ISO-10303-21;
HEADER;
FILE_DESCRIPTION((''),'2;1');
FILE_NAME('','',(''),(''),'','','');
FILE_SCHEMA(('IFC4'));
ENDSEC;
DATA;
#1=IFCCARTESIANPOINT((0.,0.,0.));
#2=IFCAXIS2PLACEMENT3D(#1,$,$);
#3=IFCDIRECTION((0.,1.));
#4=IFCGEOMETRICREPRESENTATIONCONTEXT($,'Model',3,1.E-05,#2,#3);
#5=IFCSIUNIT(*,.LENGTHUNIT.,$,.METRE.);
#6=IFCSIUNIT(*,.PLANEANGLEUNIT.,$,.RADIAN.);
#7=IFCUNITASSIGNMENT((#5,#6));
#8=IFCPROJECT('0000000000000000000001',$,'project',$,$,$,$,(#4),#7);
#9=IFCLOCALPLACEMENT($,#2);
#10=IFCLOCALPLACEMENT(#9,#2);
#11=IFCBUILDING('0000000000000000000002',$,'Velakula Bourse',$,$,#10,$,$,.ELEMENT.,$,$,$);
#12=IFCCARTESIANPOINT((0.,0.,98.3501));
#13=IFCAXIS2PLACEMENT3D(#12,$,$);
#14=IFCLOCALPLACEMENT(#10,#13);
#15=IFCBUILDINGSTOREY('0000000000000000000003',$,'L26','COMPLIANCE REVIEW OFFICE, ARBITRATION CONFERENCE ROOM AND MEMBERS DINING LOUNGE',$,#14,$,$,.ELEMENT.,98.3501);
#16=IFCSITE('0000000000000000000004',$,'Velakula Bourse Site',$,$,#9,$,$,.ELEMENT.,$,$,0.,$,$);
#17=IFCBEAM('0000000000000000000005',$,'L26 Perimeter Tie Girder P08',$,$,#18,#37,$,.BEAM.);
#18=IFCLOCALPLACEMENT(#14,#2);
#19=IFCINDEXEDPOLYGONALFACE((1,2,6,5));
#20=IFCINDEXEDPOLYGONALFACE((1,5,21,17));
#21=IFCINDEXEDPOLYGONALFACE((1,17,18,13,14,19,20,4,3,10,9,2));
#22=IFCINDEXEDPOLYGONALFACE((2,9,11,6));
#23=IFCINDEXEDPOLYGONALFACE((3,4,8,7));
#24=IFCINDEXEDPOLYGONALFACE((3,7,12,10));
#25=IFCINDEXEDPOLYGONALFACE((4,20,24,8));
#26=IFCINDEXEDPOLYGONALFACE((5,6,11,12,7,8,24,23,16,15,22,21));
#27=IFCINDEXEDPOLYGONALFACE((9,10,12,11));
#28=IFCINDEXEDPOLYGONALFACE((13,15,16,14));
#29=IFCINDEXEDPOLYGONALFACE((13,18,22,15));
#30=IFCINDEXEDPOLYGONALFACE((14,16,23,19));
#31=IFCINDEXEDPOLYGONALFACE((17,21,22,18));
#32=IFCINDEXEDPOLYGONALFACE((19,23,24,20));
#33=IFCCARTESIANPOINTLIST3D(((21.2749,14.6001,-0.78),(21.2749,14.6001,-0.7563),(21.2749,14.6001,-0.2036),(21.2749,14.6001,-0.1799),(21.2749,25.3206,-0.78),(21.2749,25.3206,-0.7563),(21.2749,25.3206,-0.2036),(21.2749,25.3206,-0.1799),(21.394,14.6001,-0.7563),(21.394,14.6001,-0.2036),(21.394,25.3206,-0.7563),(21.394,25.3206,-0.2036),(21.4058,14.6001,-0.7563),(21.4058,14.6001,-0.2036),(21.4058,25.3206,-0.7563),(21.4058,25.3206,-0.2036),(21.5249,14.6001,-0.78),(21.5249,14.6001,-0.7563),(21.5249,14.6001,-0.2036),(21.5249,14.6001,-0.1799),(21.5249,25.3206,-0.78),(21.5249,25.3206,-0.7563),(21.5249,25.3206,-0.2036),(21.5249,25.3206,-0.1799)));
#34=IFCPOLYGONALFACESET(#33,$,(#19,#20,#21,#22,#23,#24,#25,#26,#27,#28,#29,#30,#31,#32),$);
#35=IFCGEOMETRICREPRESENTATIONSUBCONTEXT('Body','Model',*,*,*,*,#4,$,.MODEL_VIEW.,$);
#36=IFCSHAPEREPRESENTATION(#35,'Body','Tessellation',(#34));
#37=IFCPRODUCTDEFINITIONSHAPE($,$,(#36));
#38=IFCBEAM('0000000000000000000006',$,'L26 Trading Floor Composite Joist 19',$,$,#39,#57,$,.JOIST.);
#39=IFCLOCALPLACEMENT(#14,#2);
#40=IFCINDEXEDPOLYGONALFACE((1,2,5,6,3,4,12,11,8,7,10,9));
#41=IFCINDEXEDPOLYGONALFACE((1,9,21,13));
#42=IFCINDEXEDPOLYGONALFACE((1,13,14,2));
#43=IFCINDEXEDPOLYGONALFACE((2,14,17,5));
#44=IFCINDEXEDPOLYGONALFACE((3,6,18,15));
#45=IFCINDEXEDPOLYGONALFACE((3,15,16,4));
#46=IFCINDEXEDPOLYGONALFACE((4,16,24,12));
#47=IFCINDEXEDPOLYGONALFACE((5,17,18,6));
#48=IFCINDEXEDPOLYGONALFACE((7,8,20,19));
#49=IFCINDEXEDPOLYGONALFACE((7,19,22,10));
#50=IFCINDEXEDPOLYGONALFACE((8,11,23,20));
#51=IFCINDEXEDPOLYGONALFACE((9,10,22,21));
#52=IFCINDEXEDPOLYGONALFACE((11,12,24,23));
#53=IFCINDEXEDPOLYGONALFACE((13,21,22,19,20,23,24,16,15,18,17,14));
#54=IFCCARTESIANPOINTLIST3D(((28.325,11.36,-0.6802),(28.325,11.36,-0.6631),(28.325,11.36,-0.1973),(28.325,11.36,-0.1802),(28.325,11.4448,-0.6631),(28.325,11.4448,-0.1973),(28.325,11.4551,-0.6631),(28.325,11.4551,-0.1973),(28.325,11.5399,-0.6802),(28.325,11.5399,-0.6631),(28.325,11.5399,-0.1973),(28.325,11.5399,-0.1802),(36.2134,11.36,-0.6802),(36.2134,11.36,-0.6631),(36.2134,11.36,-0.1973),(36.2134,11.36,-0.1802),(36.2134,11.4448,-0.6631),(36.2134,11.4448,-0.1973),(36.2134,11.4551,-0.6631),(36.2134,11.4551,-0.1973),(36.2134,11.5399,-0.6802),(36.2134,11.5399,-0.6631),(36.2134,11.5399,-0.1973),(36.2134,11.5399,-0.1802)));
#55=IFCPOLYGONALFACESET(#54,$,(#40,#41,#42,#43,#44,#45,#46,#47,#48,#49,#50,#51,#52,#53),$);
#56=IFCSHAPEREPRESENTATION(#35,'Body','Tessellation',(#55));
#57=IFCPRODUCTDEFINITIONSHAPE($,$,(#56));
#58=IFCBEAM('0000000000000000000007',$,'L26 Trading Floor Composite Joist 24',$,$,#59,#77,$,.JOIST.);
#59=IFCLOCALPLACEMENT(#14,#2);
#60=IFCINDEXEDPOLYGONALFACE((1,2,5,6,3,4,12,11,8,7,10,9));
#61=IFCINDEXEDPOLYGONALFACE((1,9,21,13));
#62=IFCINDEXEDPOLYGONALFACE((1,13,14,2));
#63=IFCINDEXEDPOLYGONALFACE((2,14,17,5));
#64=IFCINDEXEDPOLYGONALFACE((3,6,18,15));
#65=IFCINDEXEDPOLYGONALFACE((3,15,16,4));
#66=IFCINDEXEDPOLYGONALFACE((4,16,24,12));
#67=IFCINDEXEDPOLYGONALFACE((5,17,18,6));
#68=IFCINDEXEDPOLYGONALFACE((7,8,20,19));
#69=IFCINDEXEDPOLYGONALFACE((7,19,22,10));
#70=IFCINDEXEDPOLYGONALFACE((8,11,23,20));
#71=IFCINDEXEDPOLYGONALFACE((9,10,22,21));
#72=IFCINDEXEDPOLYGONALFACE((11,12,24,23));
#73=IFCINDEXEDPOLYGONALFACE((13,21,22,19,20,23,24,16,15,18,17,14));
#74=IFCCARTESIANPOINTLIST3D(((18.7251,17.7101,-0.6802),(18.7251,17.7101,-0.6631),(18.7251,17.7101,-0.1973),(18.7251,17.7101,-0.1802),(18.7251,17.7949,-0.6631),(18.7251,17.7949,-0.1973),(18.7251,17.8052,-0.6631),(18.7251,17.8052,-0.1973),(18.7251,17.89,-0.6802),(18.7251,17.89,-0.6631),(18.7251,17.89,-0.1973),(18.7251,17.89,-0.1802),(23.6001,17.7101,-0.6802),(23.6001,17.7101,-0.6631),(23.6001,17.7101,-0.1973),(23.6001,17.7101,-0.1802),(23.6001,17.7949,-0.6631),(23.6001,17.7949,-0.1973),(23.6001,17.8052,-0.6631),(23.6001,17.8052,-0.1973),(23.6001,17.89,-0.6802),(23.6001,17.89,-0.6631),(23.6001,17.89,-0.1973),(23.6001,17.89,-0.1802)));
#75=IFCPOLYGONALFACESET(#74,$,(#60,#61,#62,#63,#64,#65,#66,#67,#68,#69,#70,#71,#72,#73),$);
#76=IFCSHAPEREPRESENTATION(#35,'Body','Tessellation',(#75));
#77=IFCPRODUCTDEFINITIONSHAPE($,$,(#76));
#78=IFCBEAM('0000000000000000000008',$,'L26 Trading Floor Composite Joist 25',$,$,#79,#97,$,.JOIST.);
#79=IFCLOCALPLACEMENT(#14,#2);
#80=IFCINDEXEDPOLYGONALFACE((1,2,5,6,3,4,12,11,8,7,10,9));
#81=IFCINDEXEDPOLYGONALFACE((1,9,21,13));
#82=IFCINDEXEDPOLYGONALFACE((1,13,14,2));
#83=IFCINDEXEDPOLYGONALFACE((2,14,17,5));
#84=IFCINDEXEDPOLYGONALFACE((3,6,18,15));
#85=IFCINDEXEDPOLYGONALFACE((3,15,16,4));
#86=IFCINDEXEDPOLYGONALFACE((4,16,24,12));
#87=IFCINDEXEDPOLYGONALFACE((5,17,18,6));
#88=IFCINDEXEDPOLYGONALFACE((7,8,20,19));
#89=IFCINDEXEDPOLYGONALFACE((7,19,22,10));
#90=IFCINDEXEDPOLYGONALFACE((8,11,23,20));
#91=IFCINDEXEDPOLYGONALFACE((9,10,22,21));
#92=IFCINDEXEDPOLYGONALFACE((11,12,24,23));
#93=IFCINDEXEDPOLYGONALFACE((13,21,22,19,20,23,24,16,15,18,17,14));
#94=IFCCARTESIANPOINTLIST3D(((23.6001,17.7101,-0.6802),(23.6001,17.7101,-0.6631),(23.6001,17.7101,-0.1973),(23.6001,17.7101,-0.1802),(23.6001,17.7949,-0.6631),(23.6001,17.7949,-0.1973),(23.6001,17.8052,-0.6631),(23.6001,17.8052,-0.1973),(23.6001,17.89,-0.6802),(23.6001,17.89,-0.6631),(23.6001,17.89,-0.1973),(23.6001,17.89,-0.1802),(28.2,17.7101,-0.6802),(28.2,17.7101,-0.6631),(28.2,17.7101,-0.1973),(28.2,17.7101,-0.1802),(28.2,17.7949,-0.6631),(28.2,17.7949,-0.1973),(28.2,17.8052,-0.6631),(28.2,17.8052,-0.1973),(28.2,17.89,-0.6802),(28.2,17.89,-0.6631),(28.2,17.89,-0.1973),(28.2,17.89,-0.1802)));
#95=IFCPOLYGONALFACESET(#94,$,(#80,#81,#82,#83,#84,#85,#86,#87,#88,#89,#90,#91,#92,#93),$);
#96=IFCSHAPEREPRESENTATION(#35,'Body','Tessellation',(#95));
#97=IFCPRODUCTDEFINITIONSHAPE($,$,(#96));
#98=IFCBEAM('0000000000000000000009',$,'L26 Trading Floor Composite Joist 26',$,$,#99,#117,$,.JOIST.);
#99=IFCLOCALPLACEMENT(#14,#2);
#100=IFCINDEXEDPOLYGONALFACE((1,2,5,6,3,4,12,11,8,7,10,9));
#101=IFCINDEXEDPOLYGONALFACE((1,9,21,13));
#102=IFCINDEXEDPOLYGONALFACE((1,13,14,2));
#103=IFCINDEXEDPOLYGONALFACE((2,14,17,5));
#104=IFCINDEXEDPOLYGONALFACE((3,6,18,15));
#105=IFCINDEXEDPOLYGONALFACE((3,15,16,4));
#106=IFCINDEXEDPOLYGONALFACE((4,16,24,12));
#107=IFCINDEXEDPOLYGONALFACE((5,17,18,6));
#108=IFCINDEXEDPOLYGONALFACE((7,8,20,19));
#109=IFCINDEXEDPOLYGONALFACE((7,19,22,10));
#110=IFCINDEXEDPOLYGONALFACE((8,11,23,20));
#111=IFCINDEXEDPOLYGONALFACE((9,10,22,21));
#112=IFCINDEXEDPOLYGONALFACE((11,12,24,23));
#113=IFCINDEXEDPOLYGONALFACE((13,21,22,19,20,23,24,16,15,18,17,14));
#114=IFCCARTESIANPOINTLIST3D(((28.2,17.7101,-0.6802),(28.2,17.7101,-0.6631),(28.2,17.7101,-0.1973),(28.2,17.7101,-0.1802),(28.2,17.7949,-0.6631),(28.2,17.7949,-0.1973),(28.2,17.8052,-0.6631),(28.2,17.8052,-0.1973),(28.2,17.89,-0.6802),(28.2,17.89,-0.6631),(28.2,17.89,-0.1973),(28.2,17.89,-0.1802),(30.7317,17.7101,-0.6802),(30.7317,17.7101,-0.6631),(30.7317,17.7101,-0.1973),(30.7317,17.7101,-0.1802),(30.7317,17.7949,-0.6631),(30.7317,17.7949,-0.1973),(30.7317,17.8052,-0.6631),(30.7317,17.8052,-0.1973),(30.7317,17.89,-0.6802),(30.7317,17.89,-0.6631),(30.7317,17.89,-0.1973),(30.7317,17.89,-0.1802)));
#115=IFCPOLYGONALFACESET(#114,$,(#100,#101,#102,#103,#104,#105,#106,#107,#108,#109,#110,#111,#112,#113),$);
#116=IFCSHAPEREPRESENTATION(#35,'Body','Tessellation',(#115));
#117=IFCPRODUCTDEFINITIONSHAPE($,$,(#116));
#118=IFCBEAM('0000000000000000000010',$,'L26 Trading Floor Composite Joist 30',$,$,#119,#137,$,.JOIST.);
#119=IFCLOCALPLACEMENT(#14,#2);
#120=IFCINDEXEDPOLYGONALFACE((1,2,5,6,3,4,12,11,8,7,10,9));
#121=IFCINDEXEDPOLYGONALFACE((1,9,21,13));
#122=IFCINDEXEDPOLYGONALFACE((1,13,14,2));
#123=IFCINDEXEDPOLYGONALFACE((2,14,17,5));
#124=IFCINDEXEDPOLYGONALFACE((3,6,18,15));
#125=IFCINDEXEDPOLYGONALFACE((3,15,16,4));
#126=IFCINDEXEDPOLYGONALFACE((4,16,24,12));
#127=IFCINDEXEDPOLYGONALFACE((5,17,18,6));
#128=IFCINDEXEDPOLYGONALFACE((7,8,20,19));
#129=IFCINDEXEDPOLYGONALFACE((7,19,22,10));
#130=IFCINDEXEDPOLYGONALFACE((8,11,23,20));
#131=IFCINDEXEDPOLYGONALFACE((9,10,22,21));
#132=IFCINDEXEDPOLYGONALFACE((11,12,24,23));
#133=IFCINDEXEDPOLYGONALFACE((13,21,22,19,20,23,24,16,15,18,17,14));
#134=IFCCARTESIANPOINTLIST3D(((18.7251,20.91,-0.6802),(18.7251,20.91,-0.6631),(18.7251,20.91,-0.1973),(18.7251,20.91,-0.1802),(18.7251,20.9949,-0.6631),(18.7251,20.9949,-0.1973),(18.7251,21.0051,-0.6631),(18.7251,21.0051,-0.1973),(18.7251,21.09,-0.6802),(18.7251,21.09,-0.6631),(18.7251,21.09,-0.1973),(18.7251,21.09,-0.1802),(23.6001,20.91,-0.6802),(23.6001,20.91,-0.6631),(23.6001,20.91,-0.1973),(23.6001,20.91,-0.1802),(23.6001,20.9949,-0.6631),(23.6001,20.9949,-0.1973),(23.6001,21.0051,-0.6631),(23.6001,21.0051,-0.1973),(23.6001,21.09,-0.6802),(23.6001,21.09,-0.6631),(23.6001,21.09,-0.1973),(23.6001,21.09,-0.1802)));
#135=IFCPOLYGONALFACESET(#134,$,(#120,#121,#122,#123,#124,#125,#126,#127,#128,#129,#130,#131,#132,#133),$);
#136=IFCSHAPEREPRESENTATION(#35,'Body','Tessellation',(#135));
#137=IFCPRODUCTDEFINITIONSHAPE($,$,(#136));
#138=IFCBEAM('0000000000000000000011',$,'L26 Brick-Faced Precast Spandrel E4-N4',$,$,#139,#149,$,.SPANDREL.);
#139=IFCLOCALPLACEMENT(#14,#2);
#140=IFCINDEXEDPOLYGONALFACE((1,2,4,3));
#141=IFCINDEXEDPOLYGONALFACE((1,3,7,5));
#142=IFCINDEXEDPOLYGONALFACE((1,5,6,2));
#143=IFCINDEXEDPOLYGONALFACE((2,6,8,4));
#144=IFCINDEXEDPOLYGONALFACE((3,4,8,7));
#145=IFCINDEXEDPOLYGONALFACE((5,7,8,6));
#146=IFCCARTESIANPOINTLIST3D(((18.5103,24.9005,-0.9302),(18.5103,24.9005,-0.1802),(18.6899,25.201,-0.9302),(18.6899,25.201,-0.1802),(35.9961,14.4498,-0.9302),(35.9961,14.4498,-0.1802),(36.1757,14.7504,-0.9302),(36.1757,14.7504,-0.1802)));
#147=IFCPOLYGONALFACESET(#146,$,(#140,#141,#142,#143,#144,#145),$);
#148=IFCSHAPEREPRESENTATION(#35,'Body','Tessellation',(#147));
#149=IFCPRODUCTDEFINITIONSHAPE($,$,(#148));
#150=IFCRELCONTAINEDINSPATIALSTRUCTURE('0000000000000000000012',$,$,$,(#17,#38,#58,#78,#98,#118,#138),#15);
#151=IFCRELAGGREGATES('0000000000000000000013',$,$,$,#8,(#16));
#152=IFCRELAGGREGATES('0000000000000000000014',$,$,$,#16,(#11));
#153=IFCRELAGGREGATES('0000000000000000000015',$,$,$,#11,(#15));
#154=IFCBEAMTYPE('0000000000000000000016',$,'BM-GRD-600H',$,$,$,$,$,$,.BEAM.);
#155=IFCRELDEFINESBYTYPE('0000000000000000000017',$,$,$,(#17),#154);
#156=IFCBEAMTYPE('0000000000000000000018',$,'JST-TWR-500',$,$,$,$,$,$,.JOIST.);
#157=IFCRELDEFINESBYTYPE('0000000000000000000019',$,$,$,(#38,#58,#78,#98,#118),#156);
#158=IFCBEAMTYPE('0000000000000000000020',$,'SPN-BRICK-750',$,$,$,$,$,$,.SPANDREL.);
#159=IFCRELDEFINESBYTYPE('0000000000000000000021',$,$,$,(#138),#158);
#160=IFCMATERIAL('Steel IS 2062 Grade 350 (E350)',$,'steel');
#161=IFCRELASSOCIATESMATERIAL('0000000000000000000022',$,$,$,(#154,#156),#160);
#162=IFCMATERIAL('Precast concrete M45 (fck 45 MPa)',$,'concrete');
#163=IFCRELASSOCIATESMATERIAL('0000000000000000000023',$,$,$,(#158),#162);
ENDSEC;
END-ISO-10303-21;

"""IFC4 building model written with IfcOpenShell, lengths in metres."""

from ifc_helpers import new_model, si_unit, direction, frame, origin, origin_2d, place, context, subcontext, project, spatial, rectangle, i_section, extrude, material, material_profile, profile_set, type_object, element, save


model = new_model("IFC4")

# Units and contexts
model_context = context("Model", 3, precision=1e-05, world=origin(), true_north=direction((0.0, 1.0)))
body_context = subcontext(model_context, "Body", "Model", "MODEL_VIEW")
ifc_project = project(units=[si_unit("LENGTHUNIT", "METRE"), si_unit("PLANEANGLEUNIT", "RADIAN")], contexts=[model_context])

# Site, building, storey
site_placement = place(None, origin())
site = spatial("IfcSite", under=ifc_project, at=site_placement, Name="Velakula Bourse Site", CompositionType="ELEMENT", RefElevation=0.0)
building_placement = place(site_placement, origin())
building = spatial("IfcBuilding", under=site, at=building_placement, Name="Velakula Bourse", CompositionType="ELEMENT")
storey_placement = place(building_placement, frame((0.0, 0.0, 98.3501)))
storey = spatial("IfcBuildingStorey", under=building, at=storey_placement, Name="L26", Description="COMPLIANCE REVIEW OFFICE, ARBITRATION CONFERENCE ROOM AND MEMBERS DINING LOUNGE", CompositionType="ELEMENT", Elevation=98.3501)

# Shared definitions
ifc_material_1 = material(Name="Precast concrete M45 (fck 45 MPa)", Category="concrete")

# Beams
ifc_material_2 = material(Name="Steel IS 2062 Grade 350 (E350)", Category="steel")
ifc_material_profile_1 = material_profile(ifc_material_2, i_section(OverallWidth=0.25, OverallDepth=0.6001, WebThickness=0.0117, FlangeThickness=0.0237, at=origin_2d()), Name="Steel IS 2062 Grade 350 (E350)")
ifc_profile_set_1 = profile_set([ifc_material_profile_1], Name="Steel IS 2062 Grade 350 (E350)")
beam_type_1 = type_object("IfcBeamType", Name="BM-GRD-600H", PredefinedType="BEAM", material=ifc_profile_set_1)
beam_1_placement = place(storey_placement, frame((21.3999, 14.6001, -0.48), z_axis=(0.0, 1.0, 0.0), x_axis=(-1.0, 0.0, 0.0)))
element("IfcBeam", 1, at=beam_1_placement, inside=storey, type_object=beam_type_1, Name="L26 Perimeter Tie Girder P08", PredefinedType="BEAM", context=body_context, shape_type="SweptSolid", body=[
    extrude(i_section(OverallWidth=0.25, OverallDepth=0.6001, WebThickness=0.0117, FlangeThickness=0.0237, at=origin_2d()), origin(), (0.0, 0.0, 1.0), 10.7205),
])
ifc_material_profile_2 = material_profile(ifc_material_2, i_section(OverallWidth=0.1799, OverallDepth=0.5, WebThickness=0.0103, FlangeThickness=0.0171, at=origin_2d()), Name="Steel IS 2062 Grade 350 (E350)")
ifc_profile_set_2 = profile_set([ifc_material_profile_2], Name="Steel IS 2062 Grade 350 (E350)")
beam_type_2 = type_object("IfcBeamType", Name="JST-TWR-500", PredefinedType="JOIST", material=ifc_profile_set_2)
beam_2_placement = place(storey_placement, frame((28.325, 11.45, -0.4302), z_axis=(1.0, 0.0, 0.0), x_axis=(0.0, 1.0, 0.0)))
element("IfcBeam", 2, at=beam_2_placement, inside=storey, type_object=beam_type_2, Name="L26 Trading Floor Composite Joist 19", PredefinedType="JOIST", context=body_context, shape_type="SweptSolid", body=[
    extrude(i_section(OverallWidth=0.1799, OverallDepth=0.5, WebThickness=0.0103, FlangeThickness=0.0171, at=origin_2d()), origin(), (0.0, 0.0, 1.0), 7.8884),
])
beam_3_placement = place(storey_placement, frame((18.7251, 17.8, -0.4302), z_axis=(1.0, 0.0, 0.0), x_axis=(0.0, 1.0, 0.0)))
element("IfcBeam", 3, at=beam_3_placement, inside=storey, type_object=beam_type_2, Name="L26 Trading Floor Composite Joist 24", PredefinedType="JOIST", context=body_context, shape_type="SweptSolid", body=[
    extrude(i_section(OverallWidth=0.1799, OverallDepth=0.5, WebThickness=0.0103, FlangeThickness=0.0171, at=origin_2d()), origin(), (0.0, 0.0, 1.0), 4.875),
])
beam_4_placement = place(storey_placement, frame((23.6001, 17.8, -0.4302), z_axis=(1.0, 0.0, 0.0), x_axis=(0.0, 1.0, 0.0)))
element("IfcBeam", 4, at=beam_4_placement, inside=storey, type_object=beam_type_2, Name="L26 Trading Floor Composite Joist 25", PredefinedType="JOIST", context=body_context, shape_type="SweptSolid", body=[
    extrude(i_section(OverallWidth=0.1799, OverallDepth=0.5, WebThickness=0.0103, FlangeThickness=0.0171, at=origin_2d()), origin(), (0.0, 0.0, 1.0), 4.5999),
])
beam_5_placement = place(storey_placement, frame((28.2, 17.8, -0.4302), z_axis=(1.0, 0.0, 0.0), x_axis=(0.0, 1.0, 0.0)))
element("IfcBeam", 5, at=beam_5_placement, inside=storey, type_object=beam_type_2, Name="L26 Trading Floor Composite Joist 26", PredefinedType="JOIST", context=body_context, shape_type="SweptSolid", body=[
    extrude(i_section(OverallWidth=0.1799, OverallDepth=0.5, WebThickness=0.0103, FlangeThickness=0.0171, at=origin_2d()), origin(), (0.0, 0.0, 1.0), 2.5317),
])
beam_6_placement = place(storey_placement, frame((18.7251, 21.0, -0.4302), z_axis=(1.0, 0.0, 0.0), x_axis=(0.0, 1.0, 0.0)))
element("IfcBeam", 6, at=beam_6_placement, inside=storey, type_object=beam_type_2, Name="L26 Trading Floor Composite Joist 30", PredefinedType="JOIST", context=body_context, shape_type="SweptSolid", body=[
    extrude(i_section(OverallWidth=0.1799, OverallDepth=0.5, WebThickness=0.0103, FlangeThickness=0.0171, at=origin_2d()), origin(), (0.0, 0.0, 1.0), 4.875),
])
ifc_material_profile_3 = material_profile(ifc_material_1, rectangle(XDim=0.3501, YDim=0.75, at=origin_2d()), Name="Precast concrete M45 (fck 45 MPa)")
ifc_profile_set_3 = profile_set([ifc_material_profile_3], Name="Precast concrete M45 (fck 45 MPa)")
beam_type_3 = type_object("IfcBeamType", Name="SPN-BRICK-750", PredefinedType="SPANDREL", material=ifc_profile_set_3)
beam_7_placement = place(storey_placement, frame((36.0859, 14.6001, -0.5552), z_axis=(-0.858376, 0.513022, 0.0), x_axis=(-0.513022, -0.858376, 0.0)))
element("IfcBeam", 7, at=beam_7_placement, inside=storey, type_object=beam_type_3, Name="L26 Brick-Faced Precast Spandrel E4-N4", PredefinedType="SPANDREL", context=body_context, shape_type="SweptSolid", body=[
    extrude(rectangle(XDim=0.3501, YDim=0.75, at=origin_2d()), origin(), (0.0, 0.0, 1.0), 20.3708),
])

save(model, "model.ifc")
